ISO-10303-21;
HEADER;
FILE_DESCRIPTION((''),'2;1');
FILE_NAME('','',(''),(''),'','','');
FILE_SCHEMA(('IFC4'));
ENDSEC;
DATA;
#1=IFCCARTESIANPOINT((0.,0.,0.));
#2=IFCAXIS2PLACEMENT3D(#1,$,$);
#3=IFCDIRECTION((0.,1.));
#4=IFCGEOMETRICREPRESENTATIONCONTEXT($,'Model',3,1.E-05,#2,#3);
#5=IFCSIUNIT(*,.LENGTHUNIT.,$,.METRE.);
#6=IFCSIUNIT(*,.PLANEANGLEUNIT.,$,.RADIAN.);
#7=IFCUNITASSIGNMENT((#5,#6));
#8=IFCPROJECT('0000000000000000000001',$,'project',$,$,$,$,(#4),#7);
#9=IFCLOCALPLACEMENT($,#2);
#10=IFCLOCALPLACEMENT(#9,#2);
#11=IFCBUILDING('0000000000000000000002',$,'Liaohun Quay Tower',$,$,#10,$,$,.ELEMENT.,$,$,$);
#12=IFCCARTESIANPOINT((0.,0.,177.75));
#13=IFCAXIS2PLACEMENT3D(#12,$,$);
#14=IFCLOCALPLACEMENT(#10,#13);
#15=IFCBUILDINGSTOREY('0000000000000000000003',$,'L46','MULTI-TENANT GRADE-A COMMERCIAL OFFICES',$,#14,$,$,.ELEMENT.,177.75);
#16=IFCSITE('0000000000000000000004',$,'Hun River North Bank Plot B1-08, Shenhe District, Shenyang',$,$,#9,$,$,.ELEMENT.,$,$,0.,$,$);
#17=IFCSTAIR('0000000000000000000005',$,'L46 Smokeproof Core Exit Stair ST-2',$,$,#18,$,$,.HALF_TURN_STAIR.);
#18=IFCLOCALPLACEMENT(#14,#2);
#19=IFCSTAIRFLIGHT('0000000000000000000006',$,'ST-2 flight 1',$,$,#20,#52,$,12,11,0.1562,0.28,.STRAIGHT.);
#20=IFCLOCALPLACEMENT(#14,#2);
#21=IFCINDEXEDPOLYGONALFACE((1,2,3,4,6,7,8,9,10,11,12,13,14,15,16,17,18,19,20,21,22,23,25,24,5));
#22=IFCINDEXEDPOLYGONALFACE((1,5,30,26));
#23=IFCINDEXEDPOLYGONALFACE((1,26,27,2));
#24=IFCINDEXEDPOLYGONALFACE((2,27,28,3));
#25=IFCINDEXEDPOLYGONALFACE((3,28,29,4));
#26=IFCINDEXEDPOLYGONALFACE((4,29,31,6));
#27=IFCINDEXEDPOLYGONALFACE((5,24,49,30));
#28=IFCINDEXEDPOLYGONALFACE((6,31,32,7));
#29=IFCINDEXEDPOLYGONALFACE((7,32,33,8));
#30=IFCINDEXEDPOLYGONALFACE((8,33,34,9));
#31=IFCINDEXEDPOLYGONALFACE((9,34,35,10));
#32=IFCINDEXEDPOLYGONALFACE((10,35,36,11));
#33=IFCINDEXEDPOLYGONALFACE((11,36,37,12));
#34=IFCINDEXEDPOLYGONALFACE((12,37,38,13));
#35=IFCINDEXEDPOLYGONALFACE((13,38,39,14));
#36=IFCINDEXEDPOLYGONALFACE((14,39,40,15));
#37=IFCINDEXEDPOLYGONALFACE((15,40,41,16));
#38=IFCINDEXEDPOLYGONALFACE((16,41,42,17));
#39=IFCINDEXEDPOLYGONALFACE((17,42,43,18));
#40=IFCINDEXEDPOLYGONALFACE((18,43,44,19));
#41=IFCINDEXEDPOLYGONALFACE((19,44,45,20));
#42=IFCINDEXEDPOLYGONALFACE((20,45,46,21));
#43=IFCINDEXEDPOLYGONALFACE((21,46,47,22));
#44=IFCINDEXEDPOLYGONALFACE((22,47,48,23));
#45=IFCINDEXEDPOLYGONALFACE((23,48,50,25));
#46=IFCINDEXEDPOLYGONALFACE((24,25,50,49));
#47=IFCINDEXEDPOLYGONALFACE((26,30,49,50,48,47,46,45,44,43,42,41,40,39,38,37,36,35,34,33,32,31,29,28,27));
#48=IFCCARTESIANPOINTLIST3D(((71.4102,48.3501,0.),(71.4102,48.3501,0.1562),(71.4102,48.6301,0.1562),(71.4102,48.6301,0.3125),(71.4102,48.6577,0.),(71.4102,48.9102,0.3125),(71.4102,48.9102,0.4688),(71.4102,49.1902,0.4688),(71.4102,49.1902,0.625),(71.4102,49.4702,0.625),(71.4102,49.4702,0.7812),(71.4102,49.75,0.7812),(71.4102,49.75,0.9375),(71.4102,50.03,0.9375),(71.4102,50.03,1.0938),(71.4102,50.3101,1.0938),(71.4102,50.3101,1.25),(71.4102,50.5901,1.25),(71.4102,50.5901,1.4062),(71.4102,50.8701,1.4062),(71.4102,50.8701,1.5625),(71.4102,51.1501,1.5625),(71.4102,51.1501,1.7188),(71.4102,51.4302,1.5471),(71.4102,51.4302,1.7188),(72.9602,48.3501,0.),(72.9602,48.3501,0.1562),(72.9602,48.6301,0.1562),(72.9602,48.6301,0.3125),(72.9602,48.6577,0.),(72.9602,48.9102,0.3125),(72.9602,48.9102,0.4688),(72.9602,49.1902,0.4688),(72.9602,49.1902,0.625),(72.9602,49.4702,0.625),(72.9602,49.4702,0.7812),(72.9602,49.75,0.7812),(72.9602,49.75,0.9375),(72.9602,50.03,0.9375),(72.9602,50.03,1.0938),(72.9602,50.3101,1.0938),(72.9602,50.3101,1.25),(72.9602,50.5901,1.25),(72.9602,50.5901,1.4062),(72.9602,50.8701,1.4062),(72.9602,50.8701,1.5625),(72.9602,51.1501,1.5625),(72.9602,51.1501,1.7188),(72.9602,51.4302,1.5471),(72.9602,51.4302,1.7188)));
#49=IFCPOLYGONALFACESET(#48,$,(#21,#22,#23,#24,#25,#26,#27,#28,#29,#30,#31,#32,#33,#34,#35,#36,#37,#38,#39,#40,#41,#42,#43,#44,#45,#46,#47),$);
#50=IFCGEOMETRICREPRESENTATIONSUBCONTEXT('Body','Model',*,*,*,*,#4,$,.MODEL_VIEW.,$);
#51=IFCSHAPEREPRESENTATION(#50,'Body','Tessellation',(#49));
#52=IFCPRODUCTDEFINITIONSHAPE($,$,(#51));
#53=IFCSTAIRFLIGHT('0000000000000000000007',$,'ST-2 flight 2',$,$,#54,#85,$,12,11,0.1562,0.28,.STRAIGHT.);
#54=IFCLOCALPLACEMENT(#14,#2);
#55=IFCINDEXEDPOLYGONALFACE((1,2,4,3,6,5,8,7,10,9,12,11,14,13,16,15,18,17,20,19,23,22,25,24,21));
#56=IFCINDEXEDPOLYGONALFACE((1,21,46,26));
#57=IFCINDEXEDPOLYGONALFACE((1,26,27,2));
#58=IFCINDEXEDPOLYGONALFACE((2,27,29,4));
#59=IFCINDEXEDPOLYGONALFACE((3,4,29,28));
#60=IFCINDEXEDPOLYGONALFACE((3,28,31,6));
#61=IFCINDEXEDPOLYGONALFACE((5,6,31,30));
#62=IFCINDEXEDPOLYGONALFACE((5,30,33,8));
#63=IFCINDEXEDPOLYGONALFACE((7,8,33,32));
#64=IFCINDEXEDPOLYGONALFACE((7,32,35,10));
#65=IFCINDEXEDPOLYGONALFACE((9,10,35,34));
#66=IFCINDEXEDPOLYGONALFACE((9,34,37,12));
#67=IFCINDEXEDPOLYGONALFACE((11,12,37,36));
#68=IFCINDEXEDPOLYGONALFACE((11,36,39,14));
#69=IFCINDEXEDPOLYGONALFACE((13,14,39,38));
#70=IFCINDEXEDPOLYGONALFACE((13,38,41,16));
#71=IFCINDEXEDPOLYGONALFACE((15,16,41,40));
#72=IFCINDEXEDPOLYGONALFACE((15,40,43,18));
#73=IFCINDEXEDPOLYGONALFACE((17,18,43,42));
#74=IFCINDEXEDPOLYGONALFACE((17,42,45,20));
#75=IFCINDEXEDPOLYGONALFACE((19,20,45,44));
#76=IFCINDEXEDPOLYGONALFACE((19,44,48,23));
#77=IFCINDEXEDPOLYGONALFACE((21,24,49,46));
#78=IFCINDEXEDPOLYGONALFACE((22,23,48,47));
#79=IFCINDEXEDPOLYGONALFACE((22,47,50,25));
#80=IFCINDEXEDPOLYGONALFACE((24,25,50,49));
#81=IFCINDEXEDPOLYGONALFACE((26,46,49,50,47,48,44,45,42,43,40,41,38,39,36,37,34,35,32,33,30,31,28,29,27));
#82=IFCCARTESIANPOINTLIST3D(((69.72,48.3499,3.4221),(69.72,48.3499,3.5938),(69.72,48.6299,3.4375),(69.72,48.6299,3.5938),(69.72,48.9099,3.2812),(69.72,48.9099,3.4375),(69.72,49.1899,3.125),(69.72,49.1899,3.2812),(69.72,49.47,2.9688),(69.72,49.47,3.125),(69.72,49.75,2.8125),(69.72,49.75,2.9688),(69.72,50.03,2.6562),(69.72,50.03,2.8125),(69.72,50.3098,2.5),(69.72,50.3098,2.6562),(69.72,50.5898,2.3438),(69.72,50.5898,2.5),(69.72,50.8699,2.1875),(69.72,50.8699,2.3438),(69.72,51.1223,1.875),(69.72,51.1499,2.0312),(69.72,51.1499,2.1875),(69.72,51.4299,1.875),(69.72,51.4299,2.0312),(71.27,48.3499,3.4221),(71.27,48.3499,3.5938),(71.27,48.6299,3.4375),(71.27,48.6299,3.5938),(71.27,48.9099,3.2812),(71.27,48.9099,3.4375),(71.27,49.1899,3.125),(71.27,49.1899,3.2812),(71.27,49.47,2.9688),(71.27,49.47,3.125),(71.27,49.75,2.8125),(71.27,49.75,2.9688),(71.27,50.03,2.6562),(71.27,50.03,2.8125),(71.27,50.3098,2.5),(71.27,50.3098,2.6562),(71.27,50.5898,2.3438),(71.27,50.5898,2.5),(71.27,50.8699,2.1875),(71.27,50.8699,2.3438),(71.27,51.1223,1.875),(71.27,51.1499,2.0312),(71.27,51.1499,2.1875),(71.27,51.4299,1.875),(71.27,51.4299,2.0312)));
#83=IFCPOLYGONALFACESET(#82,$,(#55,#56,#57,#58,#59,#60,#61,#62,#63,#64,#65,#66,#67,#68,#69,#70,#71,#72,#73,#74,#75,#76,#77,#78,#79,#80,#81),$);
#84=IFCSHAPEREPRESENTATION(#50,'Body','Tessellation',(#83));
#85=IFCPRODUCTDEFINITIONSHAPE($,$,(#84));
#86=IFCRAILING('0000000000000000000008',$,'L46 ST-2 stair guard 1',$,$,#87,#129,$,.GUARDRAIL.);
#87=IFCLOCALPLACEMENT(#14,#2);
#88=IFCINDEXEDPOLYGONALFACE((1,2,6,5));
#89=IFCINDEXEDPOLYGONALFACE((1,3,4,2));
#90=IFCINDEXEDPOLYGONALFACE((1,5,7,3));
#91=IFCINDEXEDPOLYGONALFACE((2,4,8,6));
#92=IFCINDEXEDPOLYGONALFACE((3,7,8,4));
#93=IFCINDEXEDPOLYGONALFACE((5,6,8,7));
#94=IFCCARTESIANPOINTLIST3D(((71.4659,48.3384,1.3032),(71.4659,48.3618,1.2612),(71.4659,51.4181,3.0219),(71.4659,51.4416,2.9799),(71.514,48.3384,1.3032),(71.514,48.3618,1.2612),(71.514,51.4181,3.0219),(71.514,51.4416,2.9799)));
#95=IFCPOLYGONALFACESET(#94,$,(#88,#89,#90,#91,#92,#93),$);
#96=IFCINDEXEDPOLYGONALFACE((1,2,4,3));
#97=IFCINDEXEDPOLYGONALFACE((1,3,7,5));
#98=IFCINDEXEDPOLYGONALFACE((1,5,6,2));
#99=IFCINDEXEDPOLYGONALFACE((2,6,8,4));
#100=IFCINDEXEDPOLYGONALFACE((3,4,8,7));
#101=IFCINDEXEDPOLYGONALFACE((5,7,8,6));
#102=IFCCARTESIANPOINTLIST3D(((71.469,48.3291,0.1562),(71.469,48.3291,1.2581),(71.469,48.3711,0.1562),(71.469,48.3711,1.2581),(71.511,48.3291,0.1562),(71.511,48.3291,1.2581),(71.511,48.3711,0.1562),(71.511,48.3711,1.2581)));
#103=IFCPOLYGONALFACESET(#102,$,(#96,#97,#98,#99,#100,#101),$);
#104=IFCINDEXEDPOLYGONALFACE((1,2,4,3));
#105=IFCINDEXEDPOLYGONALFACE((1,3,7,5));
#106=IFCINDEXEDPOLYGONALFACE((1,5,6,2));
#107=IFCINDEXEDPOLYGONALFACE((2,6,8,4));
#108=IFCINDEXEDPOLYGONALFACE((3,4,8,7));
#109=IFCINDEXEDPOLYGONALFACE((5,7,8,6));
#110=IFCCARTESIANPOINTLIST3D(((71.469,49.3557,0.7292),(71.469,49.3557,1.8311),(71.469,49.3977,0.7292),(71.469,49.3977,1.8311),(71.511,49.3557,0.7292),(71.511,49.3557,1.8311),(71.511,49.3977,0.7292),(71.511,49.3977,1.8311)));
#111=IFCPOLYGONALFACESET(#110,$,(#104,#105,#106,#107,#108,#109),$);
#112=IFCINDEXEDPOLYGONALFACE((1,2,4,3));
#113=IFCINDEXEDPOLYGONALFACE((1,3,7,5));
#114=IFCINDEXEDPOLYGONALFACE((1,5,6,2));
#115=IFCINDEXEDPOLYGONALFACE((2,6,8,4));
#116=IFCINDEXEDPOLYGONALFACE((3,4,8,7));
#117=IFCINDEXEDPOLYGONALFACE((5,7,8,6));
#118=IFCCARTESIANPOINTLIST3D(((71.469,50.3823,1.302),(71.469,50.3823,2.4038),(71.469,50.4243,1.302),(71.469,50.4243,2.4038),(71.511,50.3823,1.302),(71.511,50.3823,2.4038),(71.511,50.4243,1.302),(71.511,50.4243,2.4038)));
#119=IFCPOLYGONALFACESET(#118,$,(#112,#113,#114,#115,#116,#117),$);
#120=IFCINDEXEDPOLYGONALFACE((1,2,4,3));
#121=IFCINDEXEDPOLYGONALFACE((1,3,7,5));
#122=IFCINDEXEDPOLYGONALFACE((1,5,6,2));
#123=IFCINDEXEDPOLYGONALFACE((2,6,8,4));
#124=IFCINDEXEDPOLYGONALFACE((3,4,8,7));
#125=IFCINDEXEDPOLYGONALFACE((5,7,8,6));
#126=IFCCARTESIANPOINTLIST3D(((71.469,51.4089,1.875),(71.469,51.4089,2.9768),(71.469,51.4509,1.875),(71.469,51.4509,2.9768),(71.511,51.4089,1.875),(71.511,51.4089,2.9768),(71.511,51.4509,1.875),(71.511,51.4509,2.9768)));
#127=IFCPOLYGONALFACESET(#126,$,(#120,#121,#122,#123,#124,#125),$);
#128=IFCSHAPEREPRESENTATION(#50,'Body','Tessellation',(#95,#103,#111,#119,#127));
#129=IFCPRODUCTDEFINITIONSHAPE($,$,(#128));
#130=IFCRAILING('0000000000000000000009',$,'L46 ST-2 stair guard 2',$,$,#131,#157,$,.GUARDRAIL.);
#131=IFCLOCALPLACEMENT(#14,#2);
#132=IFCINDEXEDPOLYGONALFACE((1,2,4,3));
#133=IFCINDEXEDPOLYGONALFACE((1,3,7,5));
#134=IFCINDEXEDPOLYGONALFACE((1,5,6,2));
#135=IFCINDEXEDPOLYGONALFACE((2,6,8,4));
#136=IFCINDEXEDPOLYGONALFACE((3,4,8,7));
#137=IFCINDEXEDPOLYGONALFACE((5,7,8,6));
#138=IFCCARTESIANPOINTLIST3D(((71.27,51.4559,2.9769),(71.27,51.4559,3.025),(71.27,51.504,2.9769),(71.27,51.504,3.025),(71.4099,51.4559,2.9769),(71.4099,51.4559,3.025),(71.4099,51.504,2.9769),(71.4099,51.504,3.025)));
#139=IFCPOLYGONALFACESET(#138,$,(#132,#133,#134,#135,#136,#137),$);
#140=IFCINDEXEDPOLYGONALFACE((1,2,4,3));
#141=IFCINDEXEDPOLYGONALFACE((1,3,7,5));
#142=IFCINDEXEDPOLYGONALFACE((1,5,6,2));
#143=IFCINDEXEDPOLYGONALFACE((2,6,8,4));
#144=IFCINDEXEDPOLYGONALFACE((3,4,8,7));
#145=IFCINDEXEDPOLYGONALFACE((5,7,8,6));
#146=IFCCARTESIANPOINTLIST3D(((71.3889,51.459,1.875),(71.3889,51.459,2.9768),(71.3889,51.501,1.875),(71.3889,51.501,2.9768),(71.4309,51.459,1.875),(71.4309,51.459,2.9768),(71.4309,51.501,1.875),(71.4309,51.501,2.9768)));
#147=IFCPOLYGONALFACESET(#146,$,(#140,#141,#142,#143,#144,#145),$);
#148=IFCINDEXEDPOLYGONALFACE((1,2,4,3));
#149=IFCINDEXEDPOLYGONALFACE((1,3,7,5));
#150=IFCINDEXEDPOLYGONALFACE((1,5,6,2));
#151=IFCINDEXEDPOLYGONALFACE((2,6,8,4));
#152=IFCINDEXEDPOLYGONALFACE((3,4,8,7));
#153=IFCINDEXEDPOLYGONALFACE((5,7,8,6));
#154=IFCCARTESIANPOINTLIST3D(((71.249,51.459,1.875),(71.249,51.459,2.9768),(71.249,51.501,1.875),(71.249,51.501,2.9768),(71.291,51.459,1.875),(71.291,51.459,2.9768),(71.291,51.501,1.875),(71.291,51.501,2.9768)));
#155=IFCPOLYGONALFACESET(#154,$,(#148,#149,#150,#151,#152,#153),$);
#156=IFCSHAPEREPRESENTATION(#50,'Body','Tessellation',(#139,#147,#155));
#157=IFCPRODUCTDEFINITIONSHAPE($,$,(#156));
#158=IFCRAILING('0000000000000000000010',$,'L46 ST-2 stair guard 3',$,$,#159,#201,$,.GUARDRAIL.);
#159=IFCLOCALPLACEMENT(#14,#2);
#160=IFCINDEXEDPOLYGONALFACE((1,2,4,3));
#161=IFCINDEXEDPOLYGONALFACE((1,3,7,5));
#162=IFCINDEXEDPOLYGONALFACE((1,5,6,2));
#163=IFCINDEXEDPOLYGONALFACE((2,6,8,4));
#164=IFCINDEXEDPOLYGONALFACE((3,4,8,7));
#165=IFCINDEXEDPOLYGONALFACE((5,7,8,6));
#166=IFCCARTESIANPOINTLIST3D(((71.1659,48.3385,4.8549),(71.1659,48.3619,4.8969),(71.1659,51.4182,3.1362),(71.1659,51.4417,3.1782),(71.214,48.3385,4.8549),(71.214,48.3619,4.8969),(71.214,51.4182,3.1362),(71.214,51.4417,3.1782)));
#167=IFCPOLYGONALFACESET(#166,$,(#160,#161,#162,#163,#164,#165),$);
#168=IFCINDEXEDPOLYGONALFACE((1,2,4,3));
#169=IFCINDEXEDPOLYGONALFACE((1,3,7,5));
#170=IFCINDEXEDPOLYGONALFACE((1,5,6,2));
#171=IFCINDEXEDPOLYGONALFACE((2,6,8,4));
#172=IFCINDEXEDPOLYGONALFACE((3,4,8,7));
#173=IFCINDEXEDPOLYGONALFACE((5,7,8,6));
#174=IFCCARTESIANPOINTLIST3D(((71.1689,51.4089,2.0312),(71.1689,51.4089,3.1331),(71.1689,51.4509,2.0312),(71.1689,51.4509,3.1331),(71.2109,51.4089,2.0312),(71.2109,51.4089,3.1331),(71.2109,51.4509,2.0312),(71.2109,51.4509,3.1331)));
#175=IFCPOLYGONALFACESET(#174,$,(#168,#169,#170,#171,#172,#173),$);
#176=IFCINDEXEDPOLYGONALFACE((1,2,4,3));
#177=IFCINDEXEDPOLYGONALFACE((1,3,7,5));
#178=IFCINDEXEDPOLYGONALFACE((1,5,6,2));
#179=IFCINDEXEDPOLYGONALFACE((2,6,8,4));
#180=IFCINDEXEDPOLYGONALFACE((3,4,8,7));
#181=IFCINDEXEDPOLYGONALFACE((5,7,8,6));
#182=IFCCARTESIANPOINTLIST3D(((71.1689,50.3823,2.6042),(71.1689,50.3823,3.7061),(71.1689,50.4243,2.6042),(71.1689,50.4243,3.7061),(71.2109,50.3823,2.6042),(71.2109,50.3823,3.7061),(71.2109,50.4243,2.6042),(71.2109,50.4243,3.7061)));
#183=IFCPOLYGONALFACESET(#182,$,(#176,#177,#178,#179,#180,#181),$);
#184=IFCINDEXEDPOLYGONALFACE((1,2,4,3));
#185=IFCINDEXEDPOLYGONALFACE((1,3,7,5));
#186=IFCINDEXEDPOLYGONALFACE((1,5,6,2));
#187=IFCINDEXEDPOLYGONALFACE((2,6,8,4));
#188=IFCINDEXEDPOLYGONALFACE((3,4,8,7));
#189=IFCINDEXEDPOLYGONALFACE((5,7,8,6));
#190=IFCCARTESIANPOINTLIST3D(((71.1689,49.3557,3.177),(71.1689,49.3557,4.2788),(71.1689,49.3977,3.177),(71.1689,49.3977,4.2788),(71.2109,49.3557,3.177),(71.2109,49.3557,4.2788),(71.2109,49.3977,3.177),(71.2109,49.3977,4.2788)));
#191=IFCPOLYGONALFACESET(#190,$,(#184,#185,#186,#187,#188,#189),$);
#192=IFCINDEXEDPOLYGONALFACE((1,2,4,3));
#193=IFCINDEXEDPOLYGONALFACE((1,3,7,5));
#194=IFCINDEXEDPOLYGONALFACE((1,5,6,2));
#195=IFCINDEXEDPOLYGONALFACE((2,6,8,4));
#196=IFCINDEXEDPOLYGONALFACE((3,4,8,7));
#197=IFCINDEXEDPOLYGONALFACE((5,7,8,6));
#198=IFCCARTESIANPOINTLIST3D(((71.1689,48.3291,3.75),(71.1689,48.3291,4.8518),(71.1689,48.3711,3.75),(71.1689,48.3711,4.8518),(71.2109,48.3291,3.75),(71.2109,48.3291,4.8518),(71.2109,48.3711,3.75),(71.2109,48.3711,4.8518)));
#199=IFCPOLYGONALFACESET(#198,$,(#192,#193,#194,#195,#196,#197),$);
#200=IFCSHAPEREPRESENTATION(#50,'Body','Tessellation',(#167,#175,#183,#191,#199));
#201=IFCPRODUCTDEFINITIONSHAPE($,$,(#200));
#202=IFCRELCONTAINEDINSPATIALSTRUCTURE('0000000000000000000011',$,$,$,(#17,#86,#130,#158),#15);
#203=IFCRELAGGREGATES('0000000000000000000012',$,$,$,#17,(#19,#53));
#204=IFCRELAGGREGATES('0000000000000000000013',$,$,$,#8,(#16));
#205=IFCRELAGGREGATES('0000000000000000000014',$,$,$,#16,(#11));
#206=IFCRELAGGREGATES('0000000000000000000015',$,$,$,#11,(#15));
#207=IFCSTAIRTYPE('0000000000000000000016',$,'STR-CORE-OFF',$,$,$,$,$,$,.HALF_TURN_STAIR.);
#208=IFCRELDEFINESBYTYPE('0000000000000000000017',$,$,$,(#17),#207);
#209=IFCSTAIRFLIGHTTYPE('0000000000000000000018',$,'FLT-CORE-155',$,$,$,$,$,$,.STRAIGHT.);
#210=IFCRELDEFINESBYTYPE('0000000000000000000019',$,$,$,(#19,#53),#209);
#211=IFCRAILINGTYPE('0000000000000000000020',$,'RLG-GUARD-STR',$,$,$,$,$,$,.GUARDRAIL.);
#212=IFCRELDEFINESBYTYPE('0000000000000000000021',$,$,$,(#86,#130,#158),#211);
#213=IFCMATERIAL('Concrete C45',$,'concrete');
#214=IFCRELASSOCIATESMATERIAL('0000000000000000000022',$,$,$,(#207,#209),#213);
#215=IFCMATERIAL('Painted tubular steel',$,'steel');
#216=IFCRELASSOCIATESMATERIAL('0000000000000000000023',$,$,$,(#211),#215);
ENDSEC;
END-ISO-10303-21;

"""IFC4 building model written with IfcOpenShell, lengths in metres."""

from ifc_helpers import new_model, si_unit, direction, frame, origin, origin_2d, place, context, subcontext, project, spatial, polyline, rectangle, outline, extrude, material, type_object, element, aggregate, save


model = new_model("IFC4")

# Units and contexts
model_context = context("Model", 3, precision=1e-05, world=origin(), true_north=direction((0.0, 1.0)))
body_context = subcontext(model_context, "Body", "Model", "MODEL_VIEW")
ifc_project = project(units=[si_unit("LENGTHUNIT", "METRE"), si_unit("PLANEANGLEUNIT", "RADIAN")], contexts=[model_context])

# Site, building, storey
site_placement = place(None, origin())
site = spatial("IfcSite", under=ifc_project, at=site_placement, Name="Hun River North Bank Plot B1-08, Shenhe District, Shenyang", CompositionType="ELEMENT", RefElevation=0.0)
building_placement = place(site_placement, origin())
building = spatial("IfcBuilding", under=site, at=building_placement, Name="Liaohun Quay Tower", CompositionType="ELEMENT")
storey_placement = place(building_placement, frame((0.0, 0.0, 177.75)))
storey = spatial("IfcBuildingStorey", under=building, at=storey_placement, Name="L46", Description="MULTI-TENANT GRADE-A COMMERCIAL OFFICES", CompositionType="ELEMENT", Elevation=177.75)

# Stair, stair flights
ifc_material_1 = material(Name="Concrete C45", Category="concrete")
stair_type = type_object("IfcStairType", Name="STR-CORE-OFF", PredefinedType="HALF_TURN_STAIR", material=ifc_material_1)
stair_placement = place(storey_placement, origin())
stair = element("IfcStair", 1, at=stair_placement, inside=storey, type_object=stair_type, Name="L46 Smokeproof Core Exit Stair ST-2", PredefinedType="HALF_TURN_STAIR")
stair_flight_type = type_object("IfcStairFlightType", Name="FLT-CORE-155", PredefinedType="STRAIGHT", material=ifc_material_1)
stair_flight_1_placement = place(storey_placement, frame((72.1851, 48.3501, 0.0), z_axis=(0.0, 0.0, 1.0), x_axis=(0.0, 1.0, 0.0)))
stair_flight_1 = element("IfcStairFlight", 2, at=stair_flight_1_placement, type_object=stair_flight_type, Name="ST-2 flight 1", NumberOfRisers=12, NumberOfTreads=11, PredefinedType="STRAIGHT", RiserHeight=0.1562, TreadLength=0.28, context=body_context, shape_type="SweptSolid", body=[
    extrude(outline(polyline([(0.0, 0.0), (0.0, 0.1562), (0.28, 0.1562), (0.28, 0.3125), (0.5601, 0.3125), (0.5601, 0.4688), (0.8401, 0.4688), (0.8401, 0.625), (1.1201, 0.625), (1.1201, 0.7812), (1.3999, 0.7812), (1.3999, 0.9375), (1.6799, 0.9375), (1.6799, 1.0938), (1.96, 1.0938), (1.96, 1.25), (2.24, 1.25), (2.24, 1.4062), (2.52, 1.4062), (2.52, 1.5625), (2.8, 1.5625), (2.8, 1.7188), (3.0801, 1.7188), (3.0801, 1.875), (3.0801, 1.5471), (0.3076, 0.0), (0.0, 0.0)])), frame((0.0, 0.7749, 0.0), z_axis=(0.0, -1.0, 0.0), x_axis=(1.0, 0.0, 0.0)), (0.0, 0.0, 1.0), 1.55),
])
stair_flight_2_placement = place(storey_placement, frame((70.4951, 51.4299, 1.875), z_axis=(0.0, 0.0, 1.0), x_axis=(0.0, -1.0, 0.0)))
stair_flight_2 = element("IfcStairFlight", 3, at=stair_flight_2_placement, type_object=stair_flight_type, Name="ST-2 flight 2", NumberOfRisers=12, NumberOfTreads=11, PredefinedType="STRAIGHT", RiserHeight=0.1562, TreadLength=0.28, context=body_context, shape_type="SweptSolid", body=[
    extrude(outline(polyline([(0.0, 0.0), (0.0, 0.1562), (0.28, 0.1562), (0.28, 0.3125), (0.5601, 0.3125), (0.5601, 0.4688), (0.8401, 0.4688), (0.8401, 0.625), (1.1201, 0.625), (1.1201, 0.7812), (1.3999, 0.7812), (1.3999, 0.9375), (1.6799, 0.9375), (1.6799, 1.0938), (1.96, 1.0938), (1.96, 1.25), (2.24, 1.25), (2.24, 1.4062), (2.52, 1.4062), (2.52, 1.5625), (2.8, 1.5625), (2.8, 1.7188), (3.0801, 1.7188), (3.0801, 1.875), (3.0801, 1.5471), (0.3076, 0.0), (0.0, 0.0)])), frame((0.0, 0.7749, 0.0), z_axis=(0.0, -1.0, 0.0), x_axis=(1.0, 0.0, 0.0)), (0.0, 0.0, 1.0), 1.55),
])
aggregate(stair, [stair_flight_1, stair_flight_2])

# Railings
ifc_material_2 = material(Name="Painted tubular steel", Category="steel")
railing_type_1 = type_object("IfcRailingType", Name="RLG-GUARD-STR", PredefinedType="GUARDRAIL", material=ifc_material_2)
railing_1_placement = place(storey_placement, frame((71.49, 48.3501, 0.1562)))
element("IfcRailing", 4, at=railing_1_placement, inside=storey, type_object=railing_type_1, Name="L46 ST-2 stair guard 1", PredefinedType="GUARDRAIL", context=body_context, shape_type="SweptSolid", body=[
    extrude(rectangle(XDim=0.0481, YDim=0.0481, at=origin_2d()), frame((0.0, 0.0, 1.126), z_axis=(0.0, 0.873225, 0.487317), x_axis=(-1.0, 0.0, 0.0)), (0.0, 0.0, 1.0), 3.5269),
    extrude(rectangle(XDim=0.042, YDim=0.042, at=origin_2d()), origin(), (0.0, 0.0, 1.0), 1.1018),
    extrude(rectangle(XDim=0.042, YDim=0.042, at=origin_2d()), frame((0.0, 1.0266, 0.573)), (0.0, 0.0, 1.0), 1.1018),
    extrude(rectangle(XDim=0.042, YDim=0.042, at=origin_2d()), frame((0.0, 2.0532, 1.1458)), (0.0, 0.0, 1.0), 1.1018),
    extrude(rectangle(XDim=0.042, YDim=0.042, at=origin_2d()), frame((0.0, 3.0798, 1.7188)), (0.0, 0.0, 1.0), 1.1018),
])
railing_2_placement = place(storey_placement, frame((71.4099, 51.48, 1.875)))
element("IfcRailing", 5, at=railing_2_placement, inside=storey, type_object=railing_type_1, Name="L46 ST-2 stair guard 2", PredefinedType="GUARDRAIL", context=body_context, shape_type="SweptSolid", body=[
    extrude(rectangle(XDim=0.0481, YDim=0.0481, at=origin_2d()), frame((0.0, 0.0, 1.126), z_axis=(-1.0, 0.0, 0.0), x_axis=(0.0, -1.0, 0.0)), (0.0, 0.0, 1.0), 0.1399),
    extrude(rectangle(XDim=0.042, YDim=0.042, at=origin_2d()), origin(), (0.0, 0.0, 1.0), 1.1018),
    extrude(rectangle(XDim=0.042, YDim=0.042, at=origin_2d()), frame((-0.1399, 0.0, 0.0)), (0.0, 0.0, 1.0), 1.1018),
])
railing_3_placement = place(storey_placement, frame((71.1899, 51.4299, 2.0312)))
element("IfcRailing", 6, at=railing_3_placement, inside=storey, type_object=railing_type_1, Name="L46 ST-2 stair guard 3", PredefinedType="GUARDRAIL", context=body_context, shape_type="SweptSolid", body=[
    extrude(rectangle(XDim=0.0481, YDim=0.0481, at=origin_2d()), frame((0.0, 0.0, 1.126), z_axis=(0.0, -0.873225, 0.487317), x_axis=(1.0, 0.0, 0.0)), (0.0, 0.0, 1.0), 3.5269),
    extrude(rectangle(XDim=0.042, YDim=0.042, at=origin_2d()), origin(), (0.0, 0.0, 1.0), 1.1018),
    extrude(rectangle(XDim=0.042, YDim=0.042, at=origin_2d()), frame((0.0, -1.0266, 0.573)), (0.0, 0.0, 1.0), 1.1018),
    extrude(rectangle(XDim=0.042, YDim=0.042, at=origin_2d()), frame((0.0, -2.0532, 1.1458)), (0.0, 0.0, 1.0), 1.1018),
    extrude(rectangle(XDim=0.042, YDim=0.042, at=origin_2d()), frame((0.0, -3.0798, 1.7188)), (0.0, 0.0, 1.0), 1.1018),
])

save(model, "model.ifc")
